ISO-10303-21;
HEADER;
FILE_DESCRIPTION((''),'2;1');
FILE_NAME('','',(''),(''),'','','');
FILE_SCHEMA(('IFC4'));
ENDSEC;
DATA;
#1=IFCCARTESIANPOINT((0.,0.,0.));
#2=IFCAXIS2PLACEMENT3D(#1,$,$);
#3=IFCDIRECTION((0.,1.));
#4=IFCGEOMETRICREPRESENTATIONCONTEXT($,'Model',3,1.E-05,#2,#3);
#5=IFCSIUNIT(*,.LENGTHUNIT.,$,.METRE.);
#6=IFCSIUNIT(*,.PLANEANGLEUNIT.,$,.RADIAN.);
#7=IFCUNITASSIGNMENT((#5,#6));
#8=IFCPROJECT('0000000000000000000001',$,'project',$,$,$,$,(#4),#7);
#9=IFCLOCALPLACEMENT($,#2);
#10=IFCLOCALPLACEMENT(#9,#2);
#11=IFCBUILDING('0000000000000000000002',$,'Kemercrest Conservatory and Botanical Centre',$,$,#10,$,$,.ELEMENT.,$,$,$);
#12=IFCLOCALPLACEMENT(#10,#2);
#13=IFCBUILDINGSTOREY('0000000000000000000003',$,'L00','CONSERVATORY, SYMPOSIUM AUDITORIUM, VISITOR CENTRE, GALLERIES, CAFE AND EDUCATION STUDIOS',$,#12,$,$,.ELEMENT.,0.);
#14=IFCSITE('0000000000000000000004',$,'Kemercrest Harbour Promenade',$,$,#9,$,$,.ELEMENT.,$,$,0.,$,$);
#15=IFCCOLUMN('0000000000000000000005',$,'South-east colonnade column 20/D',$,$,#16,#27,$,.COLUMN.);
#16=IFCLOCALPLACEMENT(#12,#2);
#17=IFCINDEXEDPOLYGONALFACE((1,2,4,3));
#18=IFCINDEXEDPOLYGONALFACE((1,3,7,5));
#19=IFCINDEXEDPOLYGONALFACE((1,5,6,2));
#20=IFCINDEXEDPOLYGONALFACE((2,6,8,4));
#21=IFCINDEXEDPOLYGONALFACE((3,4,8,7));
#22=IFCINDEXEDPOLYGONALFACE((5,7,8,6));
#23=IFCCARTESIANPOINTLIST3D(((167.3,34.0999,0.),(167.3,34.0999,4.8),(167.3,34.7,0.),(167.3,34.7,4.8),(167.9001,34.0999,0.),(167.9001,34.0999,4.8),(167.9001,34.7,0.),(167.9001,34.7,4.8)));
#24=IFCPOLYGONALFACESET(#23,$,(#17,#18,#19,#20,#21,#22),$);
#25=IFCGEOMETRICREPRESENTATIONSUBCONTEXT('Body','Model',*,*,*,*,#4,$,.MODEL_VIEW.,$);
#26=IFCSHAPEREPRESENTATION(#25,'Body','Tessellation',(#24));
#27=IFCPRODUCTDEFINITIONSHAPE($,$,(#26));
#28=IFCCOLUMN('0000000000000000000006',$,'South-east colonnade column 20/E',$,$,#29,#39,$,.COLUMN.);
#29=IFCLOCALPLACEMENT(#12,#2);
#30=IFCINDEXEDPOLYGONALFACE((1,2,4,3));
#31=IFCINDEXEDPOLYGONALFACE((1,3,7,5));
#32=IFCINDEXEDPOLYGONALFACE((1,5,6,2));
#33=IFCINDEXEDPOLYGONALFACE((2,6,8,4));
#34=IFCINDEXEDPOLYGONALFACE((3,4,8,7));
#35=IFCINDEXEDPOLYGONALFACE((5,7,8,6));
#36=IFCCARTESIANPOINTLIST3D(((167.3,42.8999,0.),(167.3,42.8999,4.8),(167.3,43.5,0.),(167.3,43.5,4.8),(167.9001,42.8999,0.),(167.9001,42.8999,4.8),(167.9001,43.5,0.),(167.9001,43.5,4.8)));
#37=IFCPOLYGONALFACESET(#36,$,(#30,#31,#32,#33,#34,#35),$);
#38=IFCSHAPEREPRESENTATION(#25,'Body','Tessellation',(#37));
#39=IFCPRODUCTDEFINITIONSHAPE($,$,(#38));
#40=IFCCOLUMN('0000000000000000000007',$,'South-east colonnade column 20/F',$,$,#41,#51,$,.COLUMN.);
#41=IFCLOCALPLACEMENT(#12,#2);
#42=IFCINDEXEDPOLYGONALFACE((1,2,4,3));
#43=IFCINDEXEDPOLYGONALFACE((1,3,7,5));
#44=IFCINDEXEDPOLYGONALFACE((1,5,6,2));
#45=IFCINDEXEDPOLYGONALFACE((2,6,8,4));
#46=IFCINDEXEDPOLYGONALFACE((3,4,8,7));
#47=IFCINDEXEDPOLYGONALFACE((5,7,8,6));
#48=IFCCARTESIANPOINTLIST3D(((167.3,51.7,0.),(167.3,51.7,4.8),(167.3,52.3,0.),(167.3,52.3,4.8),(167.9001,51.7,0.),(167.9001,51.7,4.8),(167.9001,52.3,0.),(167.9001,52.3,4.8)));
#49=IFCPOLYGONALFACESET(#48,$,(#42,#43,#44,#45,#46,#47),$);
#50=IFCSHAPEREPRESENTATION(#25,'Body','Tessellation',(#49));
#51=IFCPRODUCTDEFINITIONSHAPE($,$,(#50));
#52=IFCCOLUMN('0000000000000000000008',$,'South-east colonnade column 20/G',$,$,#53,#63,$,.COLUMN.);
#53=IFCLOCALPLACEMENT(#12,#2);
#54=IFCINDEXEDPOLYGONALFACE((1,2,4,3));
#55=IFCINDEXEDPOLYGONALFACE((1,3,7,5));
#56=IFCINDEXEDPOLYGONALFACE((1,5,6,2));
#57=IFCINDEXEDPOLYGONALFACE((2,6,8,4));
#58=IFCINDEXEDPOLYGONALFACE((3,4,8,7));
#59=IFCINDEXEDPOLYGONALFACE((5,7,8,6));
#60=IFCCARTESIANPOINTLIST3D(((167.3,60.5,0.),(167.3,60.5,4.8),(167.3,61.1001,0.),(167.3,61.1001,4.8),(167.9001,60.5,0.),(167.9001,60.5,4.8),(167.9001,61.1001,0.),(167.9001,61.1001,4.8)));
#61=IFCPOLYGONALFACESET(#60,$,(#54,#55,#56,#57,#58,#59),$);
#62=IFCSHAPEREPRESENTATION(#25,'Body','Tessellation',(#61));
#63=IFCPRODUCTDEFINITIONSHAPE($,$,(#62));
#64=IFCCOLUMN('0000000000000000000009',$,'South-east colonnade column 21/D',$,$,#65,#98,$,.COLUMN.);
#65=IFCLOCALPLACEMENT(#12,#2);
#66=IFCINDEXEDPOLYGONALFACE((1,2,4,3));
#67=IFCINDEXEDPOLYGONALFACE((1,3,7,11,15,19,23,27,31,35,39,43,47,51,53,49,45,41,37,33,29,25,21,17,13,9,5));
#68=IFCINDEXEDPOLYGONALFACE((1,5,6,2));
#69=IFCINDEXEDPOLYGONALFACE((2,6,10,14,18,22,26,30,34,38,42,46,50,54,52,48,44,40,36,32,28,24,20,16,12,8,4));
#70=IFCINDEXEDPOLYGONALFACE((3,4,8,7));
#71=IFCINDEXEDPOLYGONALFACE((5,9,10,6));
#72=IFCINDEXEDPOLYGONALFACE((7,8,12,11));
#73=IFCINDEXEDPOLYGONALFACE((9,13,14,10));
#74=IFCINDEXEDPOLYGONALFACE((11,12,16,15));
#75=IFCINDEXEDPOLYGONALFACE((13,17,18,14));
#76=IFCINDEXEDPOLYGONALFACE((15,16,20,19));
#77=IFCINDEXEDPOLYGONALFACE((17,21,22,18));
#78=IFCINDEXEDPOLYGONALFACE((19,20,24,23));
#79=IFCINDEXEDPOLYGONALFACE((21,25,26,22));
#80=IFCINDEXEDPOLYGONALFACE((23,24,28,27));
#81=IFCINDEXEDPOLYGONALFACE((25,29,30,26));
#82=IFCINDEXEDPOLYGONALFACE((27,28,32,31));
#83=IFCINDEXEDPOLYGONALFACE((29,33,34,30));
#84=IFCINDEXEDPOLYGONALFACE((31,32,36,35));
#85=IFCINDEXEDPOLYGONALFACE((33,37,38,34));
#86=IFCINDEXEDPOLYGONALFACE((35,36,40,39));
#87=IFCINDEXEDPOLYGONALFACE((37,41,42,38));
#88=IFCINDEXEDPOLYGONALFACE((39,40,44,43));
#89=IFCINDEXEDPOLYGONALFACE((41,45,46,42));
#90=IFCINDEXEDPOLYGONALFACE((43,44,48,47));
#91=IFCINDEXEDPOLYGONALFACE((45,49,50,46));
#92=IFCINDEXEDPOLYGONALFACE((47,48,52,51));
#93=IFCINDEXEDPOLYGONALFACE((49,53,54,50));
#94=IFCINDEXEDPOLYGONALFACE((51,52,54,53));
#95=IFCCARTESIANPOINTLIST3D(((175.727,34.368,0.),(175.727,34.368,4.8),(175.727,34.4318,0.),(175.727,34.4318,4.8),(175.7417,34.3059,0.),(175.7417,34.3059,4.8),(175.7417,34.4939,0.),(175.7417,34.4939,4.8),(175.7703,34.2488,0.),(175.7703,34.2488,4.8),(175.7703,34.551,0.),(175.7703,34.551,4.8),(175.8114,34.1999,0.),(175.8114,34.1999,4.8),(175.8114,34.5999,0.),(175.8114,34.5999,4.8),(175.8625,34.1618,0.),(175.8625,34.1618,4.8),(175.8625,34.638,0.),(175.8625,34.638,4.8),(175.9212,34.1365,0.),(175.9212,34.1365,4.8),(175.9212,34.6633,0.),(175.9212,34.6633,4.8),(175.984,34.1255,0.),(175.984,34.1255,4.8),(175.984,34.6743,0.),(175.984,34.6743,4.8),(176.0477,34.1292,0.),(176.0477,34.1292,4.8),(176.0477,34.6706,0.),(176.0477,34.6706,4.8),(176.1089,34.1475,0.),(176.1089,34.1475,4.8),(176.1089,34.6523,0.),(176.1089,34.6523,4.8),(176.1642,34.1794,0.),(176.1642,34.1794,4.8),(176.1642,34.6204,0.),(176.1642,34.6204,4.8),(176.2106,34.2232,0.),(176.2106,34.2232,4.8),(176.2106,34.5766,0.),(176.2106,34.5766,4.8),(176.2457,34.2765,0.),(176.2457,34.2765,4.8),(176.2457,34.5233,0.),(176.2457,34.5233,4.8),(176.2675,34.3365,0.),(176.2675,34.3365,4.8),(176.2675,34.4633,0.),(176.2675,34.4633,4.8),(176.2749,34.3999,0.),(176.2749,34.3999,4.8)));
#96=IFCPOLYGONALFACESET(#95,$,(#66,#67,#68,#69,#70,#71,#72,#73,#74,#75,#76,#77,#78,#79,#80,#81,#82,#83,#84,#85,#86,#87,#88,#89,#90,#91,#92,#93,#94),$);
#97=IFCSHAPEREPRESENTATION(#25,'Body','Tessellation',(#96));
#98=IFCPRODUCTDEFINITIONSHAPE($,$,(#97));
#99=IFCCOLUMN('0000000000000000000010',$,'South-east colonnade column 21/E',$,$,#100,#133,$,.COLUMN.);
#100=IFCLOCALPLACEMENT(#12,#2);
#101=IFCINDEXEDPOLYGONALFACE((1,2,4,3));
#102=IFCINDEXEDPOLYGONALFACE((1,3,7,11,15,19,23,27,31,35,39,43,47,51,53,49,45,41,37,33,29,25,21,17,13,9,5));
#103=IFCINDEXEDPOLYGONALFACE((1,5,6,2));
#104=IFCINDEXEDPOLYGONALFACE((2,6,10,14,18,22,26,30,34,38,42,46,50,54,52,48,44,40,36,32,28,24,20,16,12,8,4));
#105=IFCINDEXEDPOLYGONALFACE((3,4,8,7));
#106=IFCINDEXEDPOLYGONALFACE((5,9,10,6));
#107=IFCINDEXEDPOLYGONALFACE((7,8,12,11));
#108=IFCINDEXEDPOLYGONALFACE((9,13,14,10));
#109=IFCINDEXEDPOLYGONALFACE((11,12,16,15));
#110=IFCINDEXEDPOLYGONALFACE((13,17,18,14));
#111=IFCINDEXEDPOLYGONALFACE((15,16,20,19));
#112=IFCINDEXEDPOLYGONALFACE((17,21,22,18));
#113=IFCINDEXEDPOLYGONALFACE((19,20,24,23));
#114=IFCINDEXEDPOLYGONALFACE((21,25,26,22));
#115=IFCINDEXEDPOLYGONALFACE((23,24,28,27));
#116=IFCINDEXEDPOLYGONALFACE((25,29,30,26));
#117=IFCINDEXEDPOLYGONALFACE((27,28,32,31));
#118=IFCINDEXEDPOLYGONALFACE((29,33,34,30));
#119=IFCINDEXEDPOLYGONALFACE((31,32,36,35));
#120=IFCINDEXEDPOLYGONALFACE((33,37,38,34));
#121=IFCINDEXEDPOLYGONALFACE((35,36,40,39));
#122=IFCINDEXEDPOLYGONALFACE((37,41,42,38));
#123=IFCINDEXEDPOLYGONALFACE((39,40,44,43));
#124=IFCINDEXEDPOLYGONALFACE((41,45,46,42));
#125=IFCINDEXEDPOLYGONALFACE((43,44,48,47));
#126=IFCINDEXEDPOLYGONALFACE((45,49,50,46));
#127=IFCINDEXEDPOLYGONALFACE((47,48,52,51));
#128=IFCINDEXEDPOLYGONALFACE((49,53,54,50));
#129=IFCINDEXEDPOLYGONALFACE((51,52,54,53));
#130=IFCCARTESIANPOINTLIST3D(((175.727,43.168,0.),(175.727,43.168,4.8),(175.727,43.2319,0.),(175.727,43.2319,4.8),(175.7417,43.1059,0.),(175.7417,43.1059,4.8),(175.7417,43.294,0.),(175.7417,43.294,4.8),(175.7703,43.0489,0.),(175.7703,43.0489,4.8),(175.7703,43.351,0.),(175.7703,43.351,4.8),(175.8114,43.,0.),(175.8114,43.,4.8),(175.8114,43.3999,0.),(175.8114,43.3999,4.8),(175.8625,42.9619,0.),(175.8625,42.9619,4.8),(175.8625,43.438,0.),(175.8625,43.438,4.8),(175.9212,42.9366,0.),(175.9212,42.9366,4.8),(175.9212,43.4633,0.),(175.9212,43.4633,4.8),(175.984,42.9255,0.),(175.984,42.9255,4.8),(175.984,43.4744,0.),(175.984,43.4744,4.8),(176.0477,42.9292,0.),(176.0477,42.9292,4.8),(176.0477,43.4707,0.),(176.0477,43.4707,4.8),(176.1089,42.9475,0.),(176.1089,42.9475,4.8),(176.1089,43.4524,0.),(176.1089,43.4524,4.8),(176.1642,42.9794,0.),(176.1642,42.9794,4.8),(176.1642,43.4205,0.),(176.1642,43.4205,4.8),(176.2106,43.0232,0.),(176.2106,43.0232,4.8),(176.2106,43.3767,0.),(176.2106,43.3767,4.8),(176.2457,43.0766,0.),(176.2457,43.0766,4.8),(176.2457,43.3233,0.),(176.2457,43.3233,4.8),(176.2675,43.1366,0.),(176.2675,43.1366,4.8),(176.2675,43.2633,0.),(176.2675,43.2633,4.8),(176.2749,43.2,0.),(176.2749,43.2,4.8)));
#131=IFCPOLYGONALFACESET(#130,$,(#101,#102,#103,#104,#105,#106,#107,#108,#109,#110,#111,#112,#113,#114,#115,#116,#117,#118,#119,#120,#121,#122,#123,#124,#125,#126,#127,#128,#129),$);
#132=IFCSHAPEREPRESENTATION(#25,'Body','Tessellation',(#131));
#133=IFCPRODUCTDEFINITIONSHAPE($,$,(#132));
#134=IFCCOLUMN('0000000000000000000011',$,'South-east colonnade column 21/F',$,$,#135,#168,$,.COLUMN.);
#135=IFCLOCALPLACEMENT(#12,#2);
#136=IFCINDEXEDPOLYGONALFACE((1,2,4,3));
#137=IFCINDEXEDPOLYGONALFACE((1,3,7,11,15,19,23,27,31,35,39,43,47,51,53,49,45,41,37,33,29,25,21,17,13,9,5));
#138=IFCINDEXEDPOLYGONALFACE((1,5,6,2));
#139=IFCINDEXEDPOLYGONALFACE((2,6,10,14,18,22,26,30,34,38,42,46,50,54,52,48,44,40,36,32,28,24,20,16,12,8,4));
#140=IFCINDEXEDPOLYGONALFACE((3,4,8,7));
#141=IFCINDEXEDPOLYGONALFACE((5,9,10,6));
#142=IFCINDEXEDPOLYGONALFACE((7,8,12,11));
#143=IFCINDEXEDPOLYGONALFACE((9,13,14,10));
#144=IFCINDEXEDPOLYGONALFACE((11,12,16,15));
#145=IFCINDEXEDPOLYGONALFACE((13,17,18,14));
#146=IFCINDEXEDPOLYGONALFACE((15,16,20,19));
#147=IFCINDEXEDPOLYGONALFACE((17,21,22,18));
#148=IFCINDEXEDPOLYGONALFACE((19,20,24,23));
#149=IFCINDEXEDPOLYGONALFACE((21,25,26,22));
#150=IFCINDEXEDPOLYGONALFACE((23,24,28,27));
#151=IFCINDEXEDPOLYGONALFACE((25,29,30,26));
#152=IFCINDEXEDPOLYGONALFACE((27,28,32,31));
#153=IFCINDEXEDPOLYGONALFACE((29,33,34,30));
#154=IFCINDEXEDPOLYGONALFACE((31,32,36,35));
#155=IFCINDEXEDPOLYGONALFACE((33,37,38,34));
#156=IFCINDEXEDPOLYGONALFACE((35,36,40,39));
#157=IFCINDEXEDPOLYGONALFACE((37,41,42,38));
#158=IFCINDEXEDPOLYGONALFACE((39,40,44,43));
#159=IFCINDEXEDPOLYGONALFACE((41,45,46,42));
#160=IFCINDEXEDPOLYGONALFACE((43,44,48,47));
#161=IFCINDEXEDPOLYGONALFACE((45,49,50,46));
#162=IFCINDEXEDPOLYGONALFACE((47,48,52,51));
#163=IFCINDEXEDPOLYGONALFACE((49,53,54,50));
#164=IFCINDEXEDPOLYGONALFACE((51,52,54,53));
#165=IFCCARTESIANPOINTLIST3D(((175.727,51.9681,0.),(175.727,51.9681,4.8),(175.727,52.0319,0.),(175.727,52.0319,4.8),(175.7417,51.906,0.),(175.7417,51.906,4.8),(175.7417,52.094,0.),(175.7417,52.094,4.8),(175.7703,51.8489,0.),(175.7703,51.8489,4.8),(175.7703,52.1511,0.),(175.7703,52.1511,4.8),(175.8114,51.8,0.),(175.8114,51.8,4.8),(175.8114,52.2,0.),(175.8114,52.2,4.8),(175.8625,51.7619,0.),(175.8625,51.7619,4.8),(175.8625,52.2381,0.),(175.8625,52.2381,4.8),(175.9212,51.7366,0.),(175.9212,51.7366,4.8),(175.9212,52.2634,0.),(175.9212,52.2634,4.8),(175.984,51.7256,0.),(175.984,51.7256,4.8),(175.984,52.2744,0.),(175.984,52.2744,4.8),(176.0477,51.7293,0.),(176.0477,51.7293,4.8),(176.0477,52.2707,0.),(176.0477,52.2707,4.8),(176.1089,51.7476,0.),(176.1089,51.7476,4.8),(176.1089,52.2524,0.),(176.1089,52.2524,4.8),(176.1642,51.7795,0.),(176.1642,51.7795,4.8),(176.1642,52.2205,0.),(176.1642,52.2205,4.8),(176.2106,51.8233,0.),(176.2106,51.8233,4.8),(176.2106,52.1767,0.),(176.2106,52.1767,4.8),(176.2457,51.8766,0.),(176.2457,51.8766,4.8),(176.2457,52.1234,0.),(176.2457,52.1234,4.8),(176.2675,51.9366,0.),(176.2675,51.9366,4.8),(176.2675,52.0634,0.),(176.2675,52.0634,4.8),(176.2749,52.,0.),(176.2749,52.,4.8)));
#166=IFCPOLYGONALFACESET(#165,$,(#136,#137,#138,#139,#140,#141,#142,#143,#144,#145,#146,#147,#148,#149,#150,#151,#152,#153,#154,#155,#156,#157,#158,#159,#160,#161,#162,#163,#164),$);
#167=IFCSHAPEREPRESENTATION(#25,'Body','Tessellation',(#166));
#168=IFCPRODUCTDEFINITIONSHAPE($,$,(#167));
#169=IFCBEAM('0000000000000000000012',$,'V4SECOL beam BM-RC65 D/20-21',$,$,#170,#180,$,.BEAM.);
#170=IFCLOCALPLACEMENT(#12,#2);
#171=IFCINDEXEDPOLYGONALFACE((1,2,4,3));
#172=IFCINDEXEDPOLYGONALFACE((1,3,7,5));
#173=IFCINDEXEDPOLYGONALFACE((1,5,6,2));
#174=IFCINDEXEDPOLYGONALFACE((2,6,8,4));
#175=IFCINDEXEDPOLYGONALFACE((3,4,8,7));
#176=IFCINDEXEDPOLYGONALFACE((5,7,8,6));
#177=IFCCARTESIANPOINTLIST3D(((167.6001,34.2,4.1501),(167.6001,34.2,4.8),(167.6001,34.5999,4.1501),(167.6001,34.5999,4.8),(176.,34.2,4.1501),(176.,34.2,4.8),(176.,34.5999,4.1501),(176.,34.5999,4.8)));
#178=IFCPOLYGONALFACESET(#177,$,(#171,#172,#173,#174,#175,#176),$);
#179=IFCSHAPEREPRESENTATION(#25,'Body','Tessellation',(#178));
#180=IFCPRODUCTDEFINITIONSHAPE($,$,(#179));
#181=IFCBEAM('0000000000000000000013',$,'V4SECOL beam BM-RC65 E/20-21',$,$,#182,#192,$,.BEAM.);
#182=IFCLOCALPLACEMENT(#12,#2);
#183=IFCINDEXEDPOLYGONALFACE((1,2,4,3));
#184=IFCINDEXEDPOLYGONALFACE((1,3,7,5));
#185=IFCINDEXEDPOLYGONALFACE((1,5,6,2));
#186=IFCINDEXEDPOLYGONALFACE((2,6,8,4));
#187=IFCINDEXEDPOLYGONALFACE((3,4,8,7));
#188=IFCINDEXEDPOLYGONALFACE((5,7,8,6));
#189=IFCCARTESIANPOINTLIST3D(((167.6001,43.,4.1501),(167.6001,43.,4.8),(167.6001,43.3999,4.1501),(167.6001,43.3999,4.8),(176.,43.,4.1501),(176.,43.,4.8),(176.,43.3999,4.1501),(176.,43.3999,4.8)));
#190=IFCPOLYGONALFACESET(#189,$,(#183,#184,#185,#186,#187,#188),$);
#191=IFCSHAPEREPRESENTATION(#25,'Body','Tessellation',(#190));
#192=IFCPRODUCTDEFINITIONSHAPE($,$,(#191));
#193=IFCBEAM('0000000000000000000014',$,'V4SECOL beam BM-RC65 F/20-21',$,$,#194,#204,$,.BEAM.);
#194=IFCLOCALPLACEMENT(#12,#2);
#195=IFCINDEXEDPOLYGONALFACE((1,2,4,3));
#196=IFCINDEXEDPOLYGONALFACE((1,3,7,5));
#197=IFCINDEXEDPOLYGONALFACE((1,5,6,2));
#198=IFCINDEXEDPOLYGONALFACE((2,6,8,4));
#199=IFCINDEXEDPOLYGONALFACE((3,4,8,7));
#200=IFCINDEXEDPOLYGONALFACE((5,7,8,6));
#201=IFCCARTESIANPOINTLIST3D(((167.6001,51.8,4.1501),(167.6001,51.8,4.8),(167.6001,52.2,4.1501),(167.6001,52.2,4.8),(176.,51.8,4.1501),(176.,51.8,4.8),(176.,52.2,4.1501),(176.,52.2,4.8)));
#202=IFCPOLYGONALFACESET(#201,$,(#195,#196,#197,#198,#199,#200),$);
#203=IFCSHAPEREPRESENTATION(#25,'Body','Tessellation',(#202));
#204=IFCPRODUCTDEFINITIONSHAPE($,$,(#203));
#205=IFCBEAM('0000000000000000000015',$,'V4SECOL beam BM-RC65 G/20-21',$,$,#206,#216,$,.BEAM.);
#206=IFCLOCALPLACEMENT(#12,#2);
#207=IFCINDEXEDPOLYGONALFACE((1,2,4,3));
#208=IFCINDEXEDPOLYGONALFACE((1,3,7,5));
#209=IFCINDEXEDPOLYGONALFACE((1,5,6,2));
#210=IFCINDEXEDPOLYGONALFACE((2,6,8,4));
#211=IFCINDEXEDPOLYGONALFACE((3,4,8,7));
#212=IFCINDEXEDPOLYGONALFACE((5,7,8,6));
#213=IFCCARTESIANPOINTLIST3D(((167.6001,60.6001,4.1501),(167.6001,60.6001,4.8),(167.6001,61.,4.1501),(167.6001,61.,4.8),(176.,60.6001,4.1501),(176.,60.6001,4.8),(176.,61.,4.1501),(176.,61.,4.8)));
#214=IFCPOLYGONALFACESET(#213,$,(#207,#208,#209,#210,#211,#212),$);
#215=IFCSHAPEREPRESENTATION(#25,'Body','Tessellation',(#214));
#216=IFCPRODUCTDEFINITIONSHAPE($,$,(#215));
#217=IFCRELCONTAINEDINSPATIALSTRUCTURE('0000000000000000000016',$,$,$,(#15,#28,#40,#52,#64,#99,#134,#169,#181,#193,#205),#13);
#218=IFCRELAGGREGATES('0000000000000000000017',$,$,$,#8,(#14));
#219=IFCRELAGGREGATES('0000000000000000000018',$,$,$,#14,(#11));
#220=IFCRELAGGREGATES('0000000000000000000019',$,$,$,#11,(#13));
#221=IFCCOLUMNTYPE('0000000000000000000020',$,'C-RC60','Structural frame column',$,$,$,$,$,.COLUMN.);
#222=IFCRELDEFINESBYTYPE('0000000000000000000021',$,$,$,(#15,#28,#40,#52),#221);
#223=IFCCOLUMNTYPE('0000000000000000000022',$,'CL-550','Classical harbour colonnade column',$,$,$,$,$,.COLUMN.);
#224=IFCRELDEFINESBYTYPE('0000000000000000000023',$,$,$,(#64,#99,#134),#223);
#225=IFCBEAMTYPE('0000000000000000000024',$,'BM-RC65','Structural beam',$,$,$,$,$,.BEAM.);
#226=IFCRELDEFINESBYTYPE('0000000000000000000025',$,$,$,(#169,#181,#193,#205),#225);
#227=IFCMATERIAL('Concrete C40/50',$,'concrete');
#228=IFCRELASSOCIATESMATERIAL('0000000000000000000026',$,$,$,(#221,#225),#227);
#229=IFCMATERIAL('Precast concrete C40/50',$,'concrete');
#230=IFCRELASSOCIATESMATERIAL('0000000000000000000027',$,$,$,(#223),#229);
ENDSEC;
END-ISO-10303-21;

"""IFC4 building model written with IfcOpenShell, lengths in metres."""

from ifc_helpers import new_model, si_unit, direction, frame, origin, origin_2d, place, context, subcontext, project, spatial, rectangle, circle, extrude, material, material_profile, profile_set, type_object, element, save


model = new_model("IFC4")

# Units and contexts
model_context = context("Model", 3, precision=1e-05, world=origin(), true_north=direction((0.0, 1.0)))
body_context = subcontext(model_context, "Body", "Model", "MODEL_VIEW")
ifc_project = project(units=[si_unit("LENGTHUNIT", "METRE"), si_unit("PLANEANGLEUNIT", "RADIAN")], contexts=[model_context])

# Site, building, storey
site_placement = place(None, origin())
site = spatial("IfcSite", under=ifc_project, at=site_placement, Name="Kemercrest Harbour Promenade", CompositionType="ELEMENT", RefElevation=0.0)
building_placement = place(site_placement, origin())
building = spatial("IfcBuilding", under=site, at=building_placement, Name="Kemercrest Conservatory and Botanical Centre", CompositionType="ELEMENT")
storey_placement = place(building_placement, origin())
storey = spatial("IfcBuildingStorey", under=building, at=storey_placement, Name="L00", Description="CONSERVATORY, SYMPOSIUM AUDITORIUM, VISITOR CENTRE, GALLERIES, CAFE AND EDUCATION STUDIOS", CompositionType="ELEMENT", Elevation=0.0)

# Columns
ifc_material_1 = material(Name="Concrete C40/50", Category="concrete")
ifc_material_profile_1 = material_profile(ifc_material_1, rectangle(XDim=0.6001, YDim=0.6001, at=origin_2d()), Name="RC 600x600")
ifc_profile_set_1 = profile_set([ifc_material_profile_1], Name="Concrete C40/50")
column_type_1 = type_object("IfcColumnType", Name="C-RC60", Description="Structural frame column", PredefinedType="COLUMN", material=ifc_profile_set_1)
for number, where, z_axis, x_axis, name in (
    (1, (167.6001, 34.3999, 0.0), (0.0, 0.0, 1.0), (1.0, 0.0, 0.0), "South-east colonnade column 20/D"),
    (2, (167.6001, 43.2, 0.0), (0.0, 0.0, 1.0), (1.0, 0.0, 0.0), "South-east colonnade column 20/E"),
    (3, (167.6001, 52.0, 0.0), (0.0, 0.0, 1.0), (1.0, 0.0, 0.0), "South-east colonnade column 20/F"),
    (4, (167.6001, 60.8, 0.0), (0.0, 0.0, 1.0), (1.0, 0.0, 0.0), "South-east colonnade column 20/G"),
):
    element("IfcColumn", number, at=place(storey_placement, frame(where, z_axis=z_axis, x_axis=x_axis)), inside=storey, type_object=column_type_1, Name=name, PredefinedType="COLUMN", context=body_context, shape_type="SweptSolid", body=[
        extrude(rectangle(XDim=0.6001, YDim=0.6001, at=origin_2d()), origin(), (0.0, 0.0, 1.0), 4.8),
    ])
ifc_material_2 = material(Name="Precast concrete C40/50", Category="concrete")
ifc_material_profile_2 = material_profile(ifc_material_2, circle(Radius=0.2749, at=origin_2d()), Name="COLONNADE D550")
ifc_profile_set_2 = profile_set([ifc_material_profile_2], Name="Precast concrete C40/50")
column_type_2 = type_object("IfcColumnType", Name="CL-550", Description="Classical harbour colonnade column", PredefinedType="COLUMN", material=ifc_profile_set_2)
for number, where, z_axis, x_axis, name in (
    (5, (176.0, 34.3999, 0.0), (0.0, 0.0, 1.0), (1.0, 0.0, 0.0), "South-east colonnade column 21/D"),
    (6, (176.0, 43.2, 0.0), (0.0, 0.0, 1.0), (1.0, 0.0, 0.0), "South-east colonnade column 21/E"),
    (7, (176.0, 52.0, 0.0), (0.0, 0.0, 1.0), (1.0, 0.0, 0.0), "South-east colonnade column 21/F"),
):
    element("IfcColumn", number, at=place(storey_placement, frame(where, z_axis=z_axis, x_axis=x_axis)), inside=storey, type_object=column_type_2, Name=name, PredefinedType="COLUMN", context=body_context, shape_type="SweptSolid", body=[
        extrude(circle(Radius=0.2749, at=origin_2d()), origin(), (0.0, 0.0, 1.0), 4.8),
    ])

# Beams
ifc_material_profile_3 = material_profile(ifc_material_1, rectangle(XDim=0.3999, YDim=0.6499, at=origin_2d()), Name="RC 400x650")
ifc_profile_set_3 = profile_set([ifc_material_profile_3], Name="Concrete C40/50")
beam_type_1 = type_object("IfcBeamType", Name="BM-RC65", Description="Structural beam", PredefinedType="BEAM", material=ifc_profile_set_3)
for number, where, z_axis, x_axis, name in (
    (8, (167.6001, 34.3999, 4.4751), (1.0, 0.0, 0.0), (0.0, 1.0, 0.0), "V4SECOL beam BM-RC65 D/20-21"),
    (9, (167.6001, 43.2, 4.4751), (1.0, 0.0, 0.0), (0.0, 1.0, 0.0), "V4SECOL beam BM-RC65 E/20-21"),
    (10, (167.6001, 52.0, 4.4751), (1.0, 0.0, 0.0), (0.0, 1.0, 0.0), "V4SECOL beam BM-RC65 F/20-21"),
    (11, (167.6001, 60.8, 4.4751), (1.0, 0.0, 0.0), (0.0, 1.0, 0.0), "V4SECOL beam BM-RC65 G/20-21"),
):
    element("IfcBeam", number, at=place(storey_placement, frame(where, z_axis=z_axis, x_axis=x_axis)), inside=storey, type_object=beam_type_1, Name=name, PredefinedType="BEAM", context=body_context, shape_type="SweptSolid", body=[
        extrude(rectangle(XDim=0.3999, YDim=0.6499, at=origin_2d()), origin(), (0.0, 0.0, 1.0), 8.3999),
    ])

save(model, "model.ifc")
